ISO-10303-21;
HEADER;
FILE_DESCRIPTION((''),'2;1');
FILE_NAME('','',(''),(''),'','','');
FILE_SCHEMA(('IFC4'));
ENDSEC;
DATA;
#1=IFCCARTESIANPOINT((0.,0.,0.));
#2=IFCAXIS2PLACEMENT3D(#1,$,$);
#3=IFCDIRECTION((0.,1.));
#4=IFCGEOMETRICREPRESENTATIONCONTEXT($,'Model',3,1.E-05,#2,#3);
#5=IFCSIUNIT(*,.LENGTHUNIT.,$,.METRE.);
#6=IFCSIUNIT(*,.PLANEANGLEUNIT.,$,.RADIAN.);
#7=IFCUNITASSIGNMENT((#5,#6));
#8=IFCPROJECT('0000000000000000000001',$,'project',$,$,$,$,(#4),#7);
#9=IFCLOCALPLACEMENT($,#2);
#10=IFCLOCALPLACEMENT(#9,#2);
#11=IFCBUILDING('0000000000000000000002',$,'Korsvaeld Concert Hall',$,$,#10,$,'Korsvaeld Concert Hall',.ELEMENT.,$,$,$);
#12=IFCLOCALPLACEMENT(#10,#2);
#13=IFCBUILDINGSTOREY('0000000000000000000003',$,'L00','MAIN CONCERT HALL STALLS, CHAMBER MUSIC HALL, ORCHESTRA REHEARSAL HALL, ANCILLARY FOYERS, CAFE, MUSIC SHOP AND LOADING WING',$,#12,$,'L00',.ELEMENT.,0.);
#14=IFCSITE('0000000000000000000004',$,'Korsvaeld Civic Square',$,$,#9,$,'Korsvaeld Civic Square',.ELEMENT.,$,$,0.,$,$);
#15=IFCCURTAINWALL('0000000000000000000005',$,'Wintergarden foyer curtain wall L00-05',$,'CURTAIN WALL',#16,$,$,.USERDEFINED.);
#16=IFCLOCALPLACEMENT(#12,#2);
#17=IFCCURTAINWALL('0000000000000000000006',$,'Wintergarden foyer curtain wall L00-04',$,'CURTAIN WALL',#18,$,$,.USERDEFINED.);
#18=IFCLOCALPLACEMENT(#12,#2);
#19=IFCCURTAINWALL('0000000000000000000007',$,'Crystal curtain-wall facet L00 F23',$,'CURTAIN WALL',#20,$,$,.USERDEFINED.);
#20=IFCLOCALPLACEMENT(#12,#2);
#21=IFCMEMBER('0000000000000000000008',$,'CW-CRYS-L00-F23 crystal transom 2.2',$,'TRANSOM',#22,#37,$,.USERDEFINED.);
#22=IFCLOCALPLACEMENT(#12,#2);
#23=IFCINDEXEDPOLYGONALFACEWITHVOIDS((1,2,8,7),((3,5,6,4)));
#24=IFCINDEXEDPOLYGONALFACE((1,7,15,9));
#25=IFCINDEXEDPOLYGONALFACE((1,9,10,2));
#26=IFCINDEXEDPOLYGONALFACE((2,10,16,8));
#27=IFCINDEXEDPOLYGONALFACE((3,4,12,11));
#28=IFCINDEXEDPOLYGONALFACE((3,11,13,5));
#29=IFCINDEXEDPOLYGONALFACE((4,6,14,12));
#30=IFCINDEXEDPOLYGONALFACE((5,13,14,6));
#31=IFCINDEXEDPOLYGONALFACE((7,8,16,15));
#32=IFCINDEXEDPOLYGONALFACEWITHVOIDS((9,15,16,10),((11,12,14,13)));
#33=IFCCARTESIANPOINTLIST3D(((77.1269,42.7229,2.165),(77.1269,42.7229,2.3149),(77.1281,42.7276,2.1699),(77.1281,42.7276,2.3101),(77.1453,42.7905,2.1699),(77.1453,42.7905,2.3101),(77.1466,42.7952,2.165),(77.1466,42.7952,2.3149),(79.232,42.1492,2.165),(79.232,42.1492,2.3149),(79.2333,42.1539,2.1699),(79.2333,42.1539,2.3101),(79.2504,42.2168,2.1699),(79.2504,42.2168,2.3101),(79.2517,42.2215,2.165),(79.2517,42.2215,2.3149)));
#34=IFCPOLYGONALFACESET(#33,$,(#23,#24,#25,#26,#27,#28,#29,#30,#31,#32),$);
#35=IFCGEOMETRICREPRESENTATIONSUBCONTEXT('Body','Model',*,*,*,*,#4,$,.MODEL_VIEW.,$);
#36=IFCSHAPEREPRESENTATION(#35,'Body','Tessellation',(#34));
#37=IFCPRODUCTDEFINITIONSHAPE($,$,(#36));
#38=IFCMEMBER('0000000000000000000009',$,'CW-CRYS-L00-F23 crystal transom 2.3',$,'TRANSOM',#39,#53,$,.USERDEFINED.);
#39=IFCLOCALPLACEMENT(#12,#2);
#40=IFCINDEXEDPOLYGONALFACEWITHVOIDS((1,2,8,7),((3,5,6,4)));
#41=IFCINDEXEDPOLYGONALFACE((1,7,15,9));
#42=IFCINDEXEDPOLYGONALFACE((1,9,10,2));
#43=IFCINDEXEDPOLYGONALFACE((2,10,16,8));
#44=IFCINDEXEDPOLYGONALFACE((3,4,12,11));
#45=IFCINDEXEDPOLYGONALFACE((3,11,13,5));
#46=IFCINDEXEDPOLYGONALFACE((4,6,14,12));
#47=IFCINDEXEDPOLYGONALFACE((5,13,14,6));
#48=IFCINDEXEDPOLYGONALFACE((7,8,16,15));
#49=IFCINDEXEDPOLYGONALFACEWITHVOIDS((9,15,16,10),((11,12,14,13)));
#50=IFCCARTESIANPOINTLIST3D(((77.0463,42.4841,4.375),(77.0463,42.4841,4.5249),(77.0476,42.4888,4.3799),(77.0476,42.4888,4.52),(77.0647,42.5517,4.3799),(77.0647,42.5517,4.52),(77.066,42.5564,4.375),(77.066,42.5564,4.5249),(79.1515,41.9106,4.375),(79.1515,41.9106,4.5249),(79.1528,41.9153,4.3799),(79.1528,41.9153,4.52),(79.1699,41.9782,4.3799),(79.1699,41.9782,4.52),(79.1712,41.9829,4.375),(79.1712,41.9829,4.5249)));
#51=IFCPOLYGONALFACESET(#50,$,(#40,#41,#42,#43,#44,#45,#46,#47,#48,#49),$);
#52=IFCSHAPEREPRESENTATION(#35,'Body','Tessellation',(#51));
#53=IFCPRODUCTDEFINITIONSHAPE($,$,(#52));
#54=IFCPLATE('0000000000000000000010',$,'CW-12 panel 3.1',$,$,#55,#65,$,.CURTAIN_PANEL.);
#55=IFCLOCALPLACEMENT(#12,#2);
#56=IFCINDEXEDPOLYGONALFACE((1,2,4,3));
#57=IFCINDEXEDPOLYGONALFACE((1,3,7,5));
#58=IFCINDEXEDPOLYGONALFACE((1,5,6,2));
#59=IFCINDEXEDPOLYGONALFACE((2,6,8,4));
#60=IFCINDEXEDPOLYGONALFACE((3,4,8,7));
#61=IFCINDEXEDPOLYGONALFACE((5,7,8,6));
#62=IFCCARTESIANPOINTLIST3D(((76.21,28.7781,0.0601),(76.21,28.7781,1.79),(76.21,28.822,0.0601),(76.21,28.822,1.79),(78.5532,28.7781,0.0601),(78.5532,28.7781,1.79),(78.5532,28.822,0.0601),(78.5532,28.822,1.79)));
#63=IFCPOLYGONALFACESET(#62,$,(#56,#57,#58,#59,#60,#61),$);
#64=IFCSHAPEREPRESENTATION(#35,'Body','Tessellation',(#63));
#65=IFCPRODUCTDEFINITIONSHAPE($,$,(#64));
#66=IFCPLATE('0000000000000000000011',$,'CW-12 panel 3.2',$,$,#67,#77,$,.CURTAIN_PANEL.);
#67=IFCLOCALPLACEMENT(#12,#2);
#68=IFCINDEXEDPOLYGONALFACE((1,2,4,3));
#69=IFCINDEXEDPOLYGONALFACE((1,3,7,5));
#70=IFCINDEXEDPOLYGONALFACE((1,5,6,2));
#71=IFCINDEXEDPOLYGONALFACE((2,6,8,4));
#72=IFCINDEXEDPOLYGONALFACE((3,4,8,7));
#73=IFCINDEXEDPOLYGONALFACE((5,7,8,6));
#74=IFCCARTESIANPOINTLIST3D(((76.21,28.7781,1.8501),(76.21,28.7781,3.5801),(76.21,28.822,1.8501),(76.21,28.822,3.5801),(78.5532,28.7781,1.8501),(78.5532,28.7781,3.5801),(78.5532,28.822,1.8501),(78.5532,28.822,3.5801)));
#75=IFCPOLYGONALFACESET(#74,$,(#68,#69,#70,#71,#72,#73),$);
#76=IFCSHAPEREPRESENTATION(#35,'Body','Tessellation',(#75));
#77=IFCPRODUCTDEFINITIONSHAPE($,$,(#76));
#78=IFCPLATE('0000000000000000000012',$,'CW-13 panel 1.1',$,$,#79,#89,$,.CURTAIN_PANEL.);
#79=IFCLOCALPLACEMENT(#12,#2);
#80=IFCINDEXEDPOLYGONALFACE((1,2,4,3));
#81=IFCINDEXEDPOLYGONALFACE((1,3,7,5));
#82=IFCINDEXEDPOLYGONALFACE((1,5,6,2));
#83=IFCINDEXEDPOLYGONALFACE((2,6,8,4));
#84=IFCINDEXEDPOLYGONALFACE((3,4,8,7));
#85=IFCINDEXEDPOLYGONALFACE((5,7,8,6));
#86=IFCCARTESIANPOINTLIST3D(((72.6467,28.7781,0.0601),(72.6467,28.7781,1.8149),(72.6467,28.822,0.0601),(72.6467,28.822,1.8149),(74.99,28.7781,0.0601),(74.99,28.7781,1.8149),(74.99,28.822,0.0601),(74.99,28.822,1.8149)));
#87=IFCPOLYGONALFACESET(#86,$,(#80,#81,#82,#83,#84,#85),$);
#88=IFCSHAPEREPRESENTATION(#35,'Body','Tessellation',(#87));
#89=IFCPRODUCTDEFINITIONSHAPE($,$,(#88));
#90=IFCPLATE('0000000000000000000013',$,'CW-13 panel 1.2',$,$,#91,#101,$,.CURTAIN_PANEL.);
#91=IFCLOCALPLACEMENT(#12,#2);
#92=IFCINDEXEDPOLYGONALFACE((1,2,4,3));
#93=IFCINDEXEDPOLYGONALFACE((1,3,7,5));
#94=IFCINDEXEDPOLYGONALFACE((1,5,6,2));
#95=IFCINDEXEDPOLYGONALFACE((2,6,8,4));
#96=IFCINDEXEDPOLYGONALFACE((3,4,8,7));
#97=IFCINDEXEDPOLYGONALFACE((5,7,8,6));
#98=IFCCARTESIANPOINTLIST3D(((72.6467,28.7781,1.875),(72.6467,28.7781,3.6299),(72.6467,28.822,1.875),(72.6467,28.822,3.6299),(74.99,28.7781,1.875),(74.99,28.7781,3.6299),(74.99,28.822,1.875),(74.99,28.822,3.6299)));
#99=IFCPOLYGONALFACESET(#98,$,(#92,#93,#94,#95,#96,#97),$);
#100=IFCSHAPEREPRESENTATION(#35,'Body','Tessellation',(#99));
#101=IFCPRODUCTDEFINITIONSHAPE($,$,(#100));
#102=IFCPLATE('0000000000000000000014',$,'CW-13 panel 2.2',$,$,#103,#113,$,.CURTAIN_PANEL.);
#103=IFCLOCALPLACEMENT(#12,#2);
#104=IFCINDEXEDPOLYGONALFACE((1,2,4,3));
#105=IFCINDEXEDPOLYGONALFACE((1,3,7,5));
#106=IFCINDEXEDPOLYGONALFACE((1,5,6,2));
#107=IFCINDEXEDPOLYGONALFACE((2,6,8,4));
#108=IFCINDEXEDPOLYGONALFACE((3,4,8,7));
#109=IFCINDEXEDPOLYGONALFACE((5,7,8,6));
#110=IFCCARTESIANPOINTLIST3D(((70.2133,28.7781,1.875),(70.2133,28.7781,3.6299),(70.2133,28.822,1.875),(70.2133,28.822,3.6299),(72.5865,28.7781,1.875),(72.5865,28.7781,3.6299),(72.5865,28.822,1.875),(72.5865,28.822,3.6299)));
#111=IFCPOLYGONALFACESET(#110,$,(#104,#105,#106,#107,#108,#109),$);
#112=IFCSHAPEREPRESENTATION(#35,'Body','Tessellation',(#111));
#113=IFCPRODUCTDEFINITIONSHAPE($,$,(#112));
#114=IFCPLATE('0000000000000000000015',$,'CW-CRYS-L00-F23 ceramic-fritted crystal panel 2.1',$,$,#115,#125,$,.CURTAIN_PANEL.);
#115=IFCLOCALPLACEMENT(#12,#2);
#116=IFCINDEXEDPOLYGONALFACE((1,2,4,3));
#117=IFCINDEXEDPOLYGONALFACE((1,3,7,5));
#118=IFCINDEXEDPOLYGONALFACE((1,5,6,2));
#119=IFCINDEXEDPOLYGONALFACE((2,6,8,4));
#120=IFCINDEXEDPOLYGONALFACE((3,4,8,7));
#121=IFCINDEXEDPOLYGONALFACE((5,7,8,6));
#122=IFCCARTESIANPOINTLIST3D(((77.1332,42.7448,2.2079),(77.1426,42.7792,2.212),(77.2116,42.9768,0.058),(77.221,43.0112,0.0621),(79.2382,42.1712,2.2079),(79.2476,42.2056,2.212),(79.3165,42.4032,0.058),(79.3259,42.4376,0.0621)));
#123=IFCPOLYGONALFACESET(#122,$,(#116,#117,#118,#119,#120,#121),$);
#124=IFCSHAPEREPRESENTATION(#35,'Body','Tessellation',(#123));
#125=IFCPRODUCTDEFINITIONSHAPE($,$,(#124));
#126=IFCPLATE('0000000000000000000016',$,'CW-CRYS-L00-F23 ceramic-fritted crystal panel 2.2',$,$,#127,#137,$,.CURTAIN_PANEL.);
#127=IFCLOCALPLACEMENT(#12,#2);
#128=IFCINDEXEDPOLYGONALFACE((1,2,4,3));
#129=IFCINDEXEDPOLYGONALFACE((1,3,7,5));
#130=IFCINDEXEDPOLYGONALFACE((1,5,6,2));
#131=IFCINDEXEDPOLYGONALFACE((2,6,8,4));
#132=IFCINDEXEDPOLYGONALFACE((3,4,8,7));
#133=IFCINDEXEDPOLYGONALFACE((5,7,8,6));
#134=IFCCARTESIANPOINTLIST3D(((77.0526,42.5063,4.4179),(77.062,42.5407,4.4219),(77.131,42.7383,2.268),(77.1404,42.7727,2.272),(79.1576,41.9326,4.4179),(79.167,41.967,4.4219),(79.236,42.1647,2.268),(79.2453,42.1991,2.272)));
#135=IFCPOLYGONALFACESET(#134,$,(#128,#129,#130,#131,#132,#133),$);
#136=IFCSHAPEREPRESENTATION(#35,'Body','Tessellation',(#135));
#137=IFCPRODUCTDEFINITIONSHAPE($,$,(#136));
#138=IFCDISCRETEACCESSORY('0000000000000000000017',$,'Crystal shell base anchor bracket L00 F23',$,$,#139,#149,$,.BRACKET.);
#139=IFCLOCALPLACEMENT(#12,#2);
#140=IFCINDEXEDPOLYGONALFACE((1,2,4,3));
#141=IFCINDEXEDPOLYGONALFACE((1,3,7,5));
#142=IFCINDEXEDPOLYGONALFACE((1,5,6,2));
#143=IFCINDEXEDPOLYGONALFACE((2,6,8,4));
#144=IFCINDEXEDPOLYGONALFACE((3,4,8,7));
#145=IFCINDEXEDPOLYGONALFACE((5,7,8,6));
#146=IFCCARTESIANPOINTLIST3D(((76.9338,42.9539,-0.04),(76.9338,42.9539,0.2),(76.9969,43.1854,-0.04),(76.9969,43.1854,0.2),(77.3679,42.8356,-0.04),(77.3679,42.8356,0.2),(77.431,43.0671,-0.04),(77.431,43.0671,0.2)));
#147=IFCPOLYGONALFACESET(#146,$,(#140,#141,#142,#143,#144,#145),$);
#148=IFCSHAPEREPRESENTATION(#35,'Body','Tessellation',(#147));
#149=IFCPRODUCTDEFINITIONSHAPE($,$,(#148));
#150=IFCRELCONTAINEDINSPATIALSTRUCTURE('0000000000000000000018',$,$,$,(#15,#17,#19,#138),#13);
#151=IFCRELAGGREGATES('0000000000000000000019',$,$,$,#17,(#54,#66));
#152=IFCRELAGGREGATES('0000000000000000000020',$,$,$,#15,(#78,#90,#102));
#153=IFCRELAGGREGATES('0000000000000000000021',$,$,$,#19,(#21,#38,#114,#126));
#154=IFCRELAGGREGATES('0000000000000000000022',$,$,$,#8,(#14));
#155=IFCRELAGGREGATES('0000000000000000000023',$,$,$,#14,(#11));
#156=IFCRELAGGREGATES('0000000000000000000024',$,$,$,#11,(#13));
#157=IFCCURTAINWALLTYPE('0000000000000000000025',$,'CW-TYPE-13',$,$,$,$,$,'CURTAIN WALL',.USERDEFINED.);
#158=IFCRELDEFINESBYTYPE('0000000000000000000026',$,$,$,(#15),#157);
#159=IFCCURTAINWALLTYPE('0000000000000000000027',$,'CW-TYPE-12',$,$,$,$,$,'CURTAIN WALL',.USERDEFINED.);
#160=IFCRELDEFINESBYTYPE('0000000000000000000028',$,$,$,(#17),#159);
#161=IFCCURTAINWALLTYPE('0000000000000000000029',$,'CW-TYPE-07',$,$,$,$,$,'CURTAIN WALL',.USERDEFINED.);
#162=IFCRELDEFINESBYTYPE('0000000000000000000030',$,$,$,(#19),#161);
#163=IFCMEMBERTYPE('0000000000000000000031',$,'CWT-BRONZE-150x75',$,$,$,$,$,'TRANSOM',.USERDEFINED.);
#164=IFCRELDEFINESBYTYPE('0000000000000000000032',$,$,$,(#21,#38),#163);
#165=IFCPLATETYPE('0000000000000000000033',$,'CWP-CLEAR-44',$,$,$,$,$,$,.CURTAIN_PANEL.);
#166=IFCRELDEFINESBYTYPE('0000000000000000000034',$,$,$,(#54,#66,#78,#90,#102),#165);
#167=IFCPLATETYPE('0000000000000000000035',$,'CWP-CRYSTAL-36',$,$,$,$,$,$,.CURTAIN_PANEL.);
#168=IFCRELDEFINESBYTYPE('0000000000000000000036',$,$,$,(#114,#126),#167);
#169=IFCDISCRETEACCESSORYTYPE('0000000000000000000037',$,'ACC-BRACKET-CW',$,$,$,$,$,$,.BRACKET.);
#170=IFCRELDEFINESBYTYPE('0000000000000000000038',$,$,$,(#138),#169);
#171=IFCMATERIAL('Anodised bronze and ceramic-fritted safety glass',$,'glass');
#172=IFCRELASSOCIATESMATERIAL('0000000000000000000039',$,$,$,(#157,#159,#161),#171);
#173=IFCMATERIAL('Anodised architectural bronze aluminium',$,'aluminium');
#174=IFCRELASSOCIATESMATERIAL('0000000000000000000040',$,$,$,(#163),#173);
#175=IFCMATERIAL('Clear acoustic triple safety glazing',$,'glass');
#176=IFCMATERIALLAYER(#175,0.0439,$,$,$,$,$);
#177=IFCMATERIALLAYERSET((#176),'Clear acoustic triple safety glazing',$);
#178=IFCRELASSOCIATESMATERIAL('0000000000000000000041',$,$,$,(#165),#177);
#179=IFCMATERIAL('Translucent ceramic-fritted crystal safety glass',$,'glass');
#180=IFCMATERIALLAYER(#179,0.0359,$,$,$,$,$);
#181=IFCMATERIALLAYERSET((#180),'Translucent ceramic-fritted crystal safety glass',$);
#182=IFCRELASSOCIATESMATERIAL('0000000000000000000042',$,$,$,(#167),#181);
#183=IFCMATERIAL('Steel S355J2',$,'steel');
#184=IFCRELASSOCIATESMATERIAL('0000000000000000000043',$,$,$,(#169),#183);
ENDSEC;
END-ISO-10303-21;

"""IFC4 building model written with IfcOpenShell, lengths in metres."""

from ifc_helpers import new_model, si_unit, direction, frame, origin, origin_2d, place, context, subcontext, project, spatial, polyline, rectangle, hollow_rectangle, outline, extrude, material, layer, layer_set, material_profile, profile_set, type_object, element, aggregate, save


model = new_model("IFC4")

# Units and contexts
model_context = context("Model", 3, precision=1e-05, world=origin(), true_north=direction((0.0, 1.0)))
body_context = subcontext(model_context, "Body", "Model", "MODEL_VIEW")
ifc_project = project(units=[si_unit("LENGTHUNIT", "METRE"), si_unit("PLANEANGLEUNIT", "RADIAN")], contexts=[model_context])

# Site, building, storey
site_placement = place(None, origin())
site = spatial("IfcSite", under=ifc_project, at=site_placement, Name="Korsvaeld Civic Square", LongName="Korsvaeld Civic Square", CompositionType="ELEMENT", RefElevation=0.0)
building_placement = place(site_placement, origin())
building = spatial("IfcBuilding", under=site, at=building_placement, Name="Korsvaeld Concert Hall", LongName="Korsvaeld Concert Hall", CompositionType="ELEMENT")
storey_placement = place(building_placement, origin())
storey = spatial("IfcBuildingStorey", under=building, at=storey_placement, Name="L00", Description="MAIN CONCERT HALL STALLS, CHAMBER MUSIC HALL, ORCHESTRA REHEARSAL HALL, ANCILLARY FOYERS, CAFE, MUSIC SHOP AND LOADING WING", LongName="L00", CompositionType="ELEMENT", Elevation=0.0)

# Curtain walls
ifc_material_1 = material(Name="Anodised bronze and ceramic-fritted safety glass", Category="glass")
curtain_wall_type_1 = type_object("IfcCurtainWallType", Name="CW-TYPE-13", ElementType="CURTAIN WALL", PredefinedType="USERDEFINED", material=ifc_material_1)
curtain_wall_1_placement = place(storey_placement, origin())
curtain_wall_1 = element("IfcCurtainWall", 1, at=curtain_wall_1_placement, inside=storey, type_object=curtain_wall_type_1, Name="Wintergarden foyer curtain wall L00-05", ObjectType="CURTAIN WALL", PredefinedType="USERDEFINED")
ifc_material_2 = material(Name="Anodised architectural bronze aluminium", Category="aluminium")
curtain_wall_type_2 = type_object("IfcCurtainWallType", Name="CW-TYPE-12", ElementType="CURTAIN WALL", PredefinedType="USERDEFINED", material=ifc_material_1)
curtain_wall_2_placement = place(storey_placement, origin())
curtain_wall_2 = element("IfcCurtainWall", 2, at=curtain_wall_2_placement, inside=storey, type_object=curtain_wall_type_2, Name="Wintergarden foyer curtain wall L00-04", ObjectType="CURTAIN WALL", PredefinedType="USERDEFINED")
curtain_wall_type_3 = type_object("IfcCurtainWallType", Name="CW-TYPE-07", ElementType="CURTAIN WALL", PredefinedType="USERDEFINED", material=ifc_material_1)
curtain_wall_3_placement = place(storey_placement, origin())
curtain_wall_3 = element("IfcCurtainWall", 3, at=curtain_wall_3_placement, inside=storey, type_object=curtain_wall_type_3, Name="Crystal curtain-wall facet L00 F23", ObjectType="CURTAIN WALL", PredefinedType="USERDEFINED")

# Members
ifc_material_profile_1 = material_profile(ifc_material_2, hollow_rectangle(XDim=0.075, YDim=0.1499, WallThickness=0.0049, at=origin_2d()), Name="CWT 150x75x5")
ifc_profile_set_1 = profile_set([ifc_material_profile_1], Name="Anodised architectural bronze aluminium")
member_type_1 = type_object("IfcMemberType", Name="CWT-BRONZE-150x75", ElementType="TRANSOM", PredefinedType="USERDEFINED", material=ifc_profile_set_1)
member_1_placement = place(storey_placement, frame((77.1367, 42.759, 2.24), z_axis=(0.964813, -0.262938, 0.0), x_axis=(0.262938, 0.964813, 0.0)))
member_1 = element("IfcMember", 4, at=member_1_placement, type_object=member_type_1, Name="CW-CRYS-L00-F23 crystal transom 2.2", ObjectType="TRANSOM", PredefinedType="USERDEFINED", context=body_context, shape_type="SweptSolid", body=[
    extrude(hollow_rectangle(XDim=0.075, YDim=0.1499, WallThickness=0.0049, at=origin_2d()), origin(), (0.0, 0.0, 1.0), 2.1819),
])
member_2_placement = place(storey_placement, frame((77.0562, 42.5203, 4.45), z_axis=(0.964841, -0.262833, 0.0), x_axis=(0.262833, 0.964841, 0.0)))
member_2 = element("IfcMember", 5, at=member_2_placement, type_object=member_type_1, Name="CW-CRYS-L00-F23 crystal transom 2.3", ObjectType="TRANSOM", PredefinedType="USERDEFINED", context=body_context, shape_type="SweptSolid", body=[
    extrude(hollow_rectangle(XDim=0.075, YDim=0.1499, WallThickness=0.0049, at=origin_2d()), origin(), (0.0, 0.0, 1.0), 2.1819),
])

# Plates
ifc_material_3 = material(Name="Clear acoustic triple safety glazing", Category="glass")
ifc_layer_1 = layer(ifc_material_3, 0.0439)
ifc_layer_set_1 = layer_set([ifc_layer_1], Name="Clear acoustic triple safety glazing")
plate_type_1 = type_object("IfcPlateType", Name="CWP-CLEAR-44", PredefinedType="CURTAIN_PANEL", material=ifc_layer_set_1)
plate_1_placement = place(storey_placement, frame((77.3816, 28.8, 0.0601), z_axis=(0.0, 0.0, 1.0), x_axis=(-1.0, 0.0, 0.0)))
plate_1 = element("IfcPlate", 6, at=plate_1_placement, type_object=plate_type_1, Name="CW-12 panel 3.1", PredefinedType="CURTAIN_PANEL", context=body_context, shape_type="SweptSolid", body=[
    extrude(rectangle(XDim=2.3433, YDim=0.0439, at=origin_2d()), origin(), (0.0, 0.0, 1.0), 1.73),
])
plate_2_placement = place(storey_placement, frame((77.3816, 28.8, 1.8501), z_axis=(0.0, 0.0, 1.0), x_axis=(-1.0, 0.0, 0.0)))
plate_2 = element("IfcPlate", 7, at=plate_2_placement, type_object=plate_type_1, Name="CW-12 panel 3.2", PredefinedType="CURTAIN_PANEL", context=body_context, shape_type="SweptSolid", body=[
    extrude(rectangle(XDim=2.3433, YDim=0.0439, at=origin_2d()), origin(), (0.0, 0.0, 1.0), 1.73),
])
aggregate(curtain_wall_2, [plate_1, plate_2])
plate_3_placement = place(storey_placement, frame((73.8184, 28.8, 0.0601), z_axis=(0.0, 0.0, 1.0), x_axis=(-1.0, 0.0, 0.0)))
plate_3 = element("IfcPlate", 8, at=plate_3_placement, type_object=plate_type_1, Name="CW-13 panel 1.1", PredefinedType="CURTAIN_PANEL", context=body_context, shape_type="SweptSolid", body=[
    extrude(rectangle(XDim=2.3433, YDim=0.0439, at=origin_2d()), origin(), (0.0, 0.0, 1.0), 1.7549),
])
plate_4_placement = place(storey_placement, frame((73.8184, 28.8, 1.875), z_axis=(0.0, 0.0, 1.0), x_axis=(-1.0, 0.0, 0.0)))
plate_4 = element("IfcPlate", 9, at=plate_4_placement, type_object=plate_type_1, Name="CW-13 panel 1.2", PredefinedType="CURTAIN_PANEL", context=body_context, shape_type="SweptSolid", body=[
    extrude(rectangle(XDim=2.3433, YDim=0.0439, at=origin_2d()), origin(), (0.0, 0.0, 1.0), 1.7549),
])
plate_5_placement = place(storey_placement, frame((71.3999, 28.8, 1.875), z_axis=(0.0, 0.0, 1.0), x_axis=(-1.0, 0.0, 0.0)))
plate_5 = element("IfcPlate", 10, at=plate_5_placement, type_object=plate_type_1, Name="CW-13 panel 2.2", PredefinedType="CURTAIN_PANEL", context=body_context, shape_type="SweptSolid", body=[
    extrude(rectangle(XDim=2.3733, YDim=0.0439, at=origin_2d()), origin(), (0.0, 0.0, 1.0), 1.7549),
])
aggregate(curtain_wall_1, [plate_3, plate_4, plate_5])
ifc_material_4 = material(Name="Translucent ceramic-fritted crystal safety glass", Category="glass")
ifc_layer_2 = layer(ifc_material_4, 0.0359)
ifc_layer_set_2 = layer_set([ifc_layer_2], Name="Translucent ceramic-fritted crystal safety glass")
plate_type_2 = type_object("IfcPlateType", Name="CWP-CRYSTAL-36", PredefinedType="CURTAIN_PANEL", material=ifc_layer_set_2)
plate_6_placement = place(storey_placement, frame((77.2163, 42.9941, 0.0601), z_axis=(-0.26123, -0.95864, -0.112996), x_axis=(0.96482, -0.262913, -0.000006)))
plate_6 = element("IfcPlate", 11, at=plate_6_placement, type_object=plate_type_2, Name="CW-CRYS-L00-F23 ceramic-fritted crystal panel 2.1", PredefinedType="CURTAIN_PANEL", context=body_context, shape_type="SweptSolid", body=[
    extrude(outline(polyline([(0.0, 0.0), (2.1817, 0.0), (2.1671, 2.1638), (-0.0146, 2.1637), (0.0, 0.0)])), frame((0.0, 0.0, 0.0181)), (0.0, 0.0, -1.0), 0.0359),
])
plate_7_placement = place(storey_placement, frame((77.1357, 42.7556, 2.27), z_axis=(-0.26123, -0.95864, -0.112996), x_axis=(0.96482, -0.262913, -0.000006)))
plate_7 = element("IfcPlate", 12, at=plate_7_placement, type_object=plate_type_2, Name="CW-CRYS-L00-F23 ceramic-fritted crystal panel 2.2", PredefinedType="CURTAIN_PANEL", context=body_context, shape_type="SweptSolid", body=[
    extrude(outline(polyline([(0.0, 0.0), (2.1817, 0.0), (2.1671, 2.1638), (-0.0146, 2.1637), (0.0, 0.0)])), frame((0.0, 0.0, 0.0181)), (0.0, 0.0, -1.0), 0.0359),
])
aggregate(curtain_wall_3, [member_1, member_2, plate_6, plate_7])

# Discrete accessory
ifc_material_5 = material(Name="Steel S355J2", Category="steel")
discrete_accessory_type = type_object("IfcDiscreteAccessoryType", Name="ACC-BRACKET-CW", PredefinedType="BRACKET", material=ifc_material_5)
discrete_accessory_placement = place(storey_placement, frame((77.1824, 43.0105, -0.04), z_axis=(0.0, 0.0, 1.0), x_axis=(0.964833, -0.262863, 0.0)))
element("IfcDiscreteAccessory", 13, at=discrete_accessory_placement, inside=storey, type_object=discrete_accessory_type, Name="Crystal shell base anchor bracket L00 F23", PredefinedType="BRACKET", context=body_context, shape_type="SweptSolid", body=[
    extrude(rectangle(XDim=0.45, YDim=0.24, at=origin_2d()), origin(), (0.0, 0.0, 1.0), 0.24),
])

save(model, "model.ifc")
